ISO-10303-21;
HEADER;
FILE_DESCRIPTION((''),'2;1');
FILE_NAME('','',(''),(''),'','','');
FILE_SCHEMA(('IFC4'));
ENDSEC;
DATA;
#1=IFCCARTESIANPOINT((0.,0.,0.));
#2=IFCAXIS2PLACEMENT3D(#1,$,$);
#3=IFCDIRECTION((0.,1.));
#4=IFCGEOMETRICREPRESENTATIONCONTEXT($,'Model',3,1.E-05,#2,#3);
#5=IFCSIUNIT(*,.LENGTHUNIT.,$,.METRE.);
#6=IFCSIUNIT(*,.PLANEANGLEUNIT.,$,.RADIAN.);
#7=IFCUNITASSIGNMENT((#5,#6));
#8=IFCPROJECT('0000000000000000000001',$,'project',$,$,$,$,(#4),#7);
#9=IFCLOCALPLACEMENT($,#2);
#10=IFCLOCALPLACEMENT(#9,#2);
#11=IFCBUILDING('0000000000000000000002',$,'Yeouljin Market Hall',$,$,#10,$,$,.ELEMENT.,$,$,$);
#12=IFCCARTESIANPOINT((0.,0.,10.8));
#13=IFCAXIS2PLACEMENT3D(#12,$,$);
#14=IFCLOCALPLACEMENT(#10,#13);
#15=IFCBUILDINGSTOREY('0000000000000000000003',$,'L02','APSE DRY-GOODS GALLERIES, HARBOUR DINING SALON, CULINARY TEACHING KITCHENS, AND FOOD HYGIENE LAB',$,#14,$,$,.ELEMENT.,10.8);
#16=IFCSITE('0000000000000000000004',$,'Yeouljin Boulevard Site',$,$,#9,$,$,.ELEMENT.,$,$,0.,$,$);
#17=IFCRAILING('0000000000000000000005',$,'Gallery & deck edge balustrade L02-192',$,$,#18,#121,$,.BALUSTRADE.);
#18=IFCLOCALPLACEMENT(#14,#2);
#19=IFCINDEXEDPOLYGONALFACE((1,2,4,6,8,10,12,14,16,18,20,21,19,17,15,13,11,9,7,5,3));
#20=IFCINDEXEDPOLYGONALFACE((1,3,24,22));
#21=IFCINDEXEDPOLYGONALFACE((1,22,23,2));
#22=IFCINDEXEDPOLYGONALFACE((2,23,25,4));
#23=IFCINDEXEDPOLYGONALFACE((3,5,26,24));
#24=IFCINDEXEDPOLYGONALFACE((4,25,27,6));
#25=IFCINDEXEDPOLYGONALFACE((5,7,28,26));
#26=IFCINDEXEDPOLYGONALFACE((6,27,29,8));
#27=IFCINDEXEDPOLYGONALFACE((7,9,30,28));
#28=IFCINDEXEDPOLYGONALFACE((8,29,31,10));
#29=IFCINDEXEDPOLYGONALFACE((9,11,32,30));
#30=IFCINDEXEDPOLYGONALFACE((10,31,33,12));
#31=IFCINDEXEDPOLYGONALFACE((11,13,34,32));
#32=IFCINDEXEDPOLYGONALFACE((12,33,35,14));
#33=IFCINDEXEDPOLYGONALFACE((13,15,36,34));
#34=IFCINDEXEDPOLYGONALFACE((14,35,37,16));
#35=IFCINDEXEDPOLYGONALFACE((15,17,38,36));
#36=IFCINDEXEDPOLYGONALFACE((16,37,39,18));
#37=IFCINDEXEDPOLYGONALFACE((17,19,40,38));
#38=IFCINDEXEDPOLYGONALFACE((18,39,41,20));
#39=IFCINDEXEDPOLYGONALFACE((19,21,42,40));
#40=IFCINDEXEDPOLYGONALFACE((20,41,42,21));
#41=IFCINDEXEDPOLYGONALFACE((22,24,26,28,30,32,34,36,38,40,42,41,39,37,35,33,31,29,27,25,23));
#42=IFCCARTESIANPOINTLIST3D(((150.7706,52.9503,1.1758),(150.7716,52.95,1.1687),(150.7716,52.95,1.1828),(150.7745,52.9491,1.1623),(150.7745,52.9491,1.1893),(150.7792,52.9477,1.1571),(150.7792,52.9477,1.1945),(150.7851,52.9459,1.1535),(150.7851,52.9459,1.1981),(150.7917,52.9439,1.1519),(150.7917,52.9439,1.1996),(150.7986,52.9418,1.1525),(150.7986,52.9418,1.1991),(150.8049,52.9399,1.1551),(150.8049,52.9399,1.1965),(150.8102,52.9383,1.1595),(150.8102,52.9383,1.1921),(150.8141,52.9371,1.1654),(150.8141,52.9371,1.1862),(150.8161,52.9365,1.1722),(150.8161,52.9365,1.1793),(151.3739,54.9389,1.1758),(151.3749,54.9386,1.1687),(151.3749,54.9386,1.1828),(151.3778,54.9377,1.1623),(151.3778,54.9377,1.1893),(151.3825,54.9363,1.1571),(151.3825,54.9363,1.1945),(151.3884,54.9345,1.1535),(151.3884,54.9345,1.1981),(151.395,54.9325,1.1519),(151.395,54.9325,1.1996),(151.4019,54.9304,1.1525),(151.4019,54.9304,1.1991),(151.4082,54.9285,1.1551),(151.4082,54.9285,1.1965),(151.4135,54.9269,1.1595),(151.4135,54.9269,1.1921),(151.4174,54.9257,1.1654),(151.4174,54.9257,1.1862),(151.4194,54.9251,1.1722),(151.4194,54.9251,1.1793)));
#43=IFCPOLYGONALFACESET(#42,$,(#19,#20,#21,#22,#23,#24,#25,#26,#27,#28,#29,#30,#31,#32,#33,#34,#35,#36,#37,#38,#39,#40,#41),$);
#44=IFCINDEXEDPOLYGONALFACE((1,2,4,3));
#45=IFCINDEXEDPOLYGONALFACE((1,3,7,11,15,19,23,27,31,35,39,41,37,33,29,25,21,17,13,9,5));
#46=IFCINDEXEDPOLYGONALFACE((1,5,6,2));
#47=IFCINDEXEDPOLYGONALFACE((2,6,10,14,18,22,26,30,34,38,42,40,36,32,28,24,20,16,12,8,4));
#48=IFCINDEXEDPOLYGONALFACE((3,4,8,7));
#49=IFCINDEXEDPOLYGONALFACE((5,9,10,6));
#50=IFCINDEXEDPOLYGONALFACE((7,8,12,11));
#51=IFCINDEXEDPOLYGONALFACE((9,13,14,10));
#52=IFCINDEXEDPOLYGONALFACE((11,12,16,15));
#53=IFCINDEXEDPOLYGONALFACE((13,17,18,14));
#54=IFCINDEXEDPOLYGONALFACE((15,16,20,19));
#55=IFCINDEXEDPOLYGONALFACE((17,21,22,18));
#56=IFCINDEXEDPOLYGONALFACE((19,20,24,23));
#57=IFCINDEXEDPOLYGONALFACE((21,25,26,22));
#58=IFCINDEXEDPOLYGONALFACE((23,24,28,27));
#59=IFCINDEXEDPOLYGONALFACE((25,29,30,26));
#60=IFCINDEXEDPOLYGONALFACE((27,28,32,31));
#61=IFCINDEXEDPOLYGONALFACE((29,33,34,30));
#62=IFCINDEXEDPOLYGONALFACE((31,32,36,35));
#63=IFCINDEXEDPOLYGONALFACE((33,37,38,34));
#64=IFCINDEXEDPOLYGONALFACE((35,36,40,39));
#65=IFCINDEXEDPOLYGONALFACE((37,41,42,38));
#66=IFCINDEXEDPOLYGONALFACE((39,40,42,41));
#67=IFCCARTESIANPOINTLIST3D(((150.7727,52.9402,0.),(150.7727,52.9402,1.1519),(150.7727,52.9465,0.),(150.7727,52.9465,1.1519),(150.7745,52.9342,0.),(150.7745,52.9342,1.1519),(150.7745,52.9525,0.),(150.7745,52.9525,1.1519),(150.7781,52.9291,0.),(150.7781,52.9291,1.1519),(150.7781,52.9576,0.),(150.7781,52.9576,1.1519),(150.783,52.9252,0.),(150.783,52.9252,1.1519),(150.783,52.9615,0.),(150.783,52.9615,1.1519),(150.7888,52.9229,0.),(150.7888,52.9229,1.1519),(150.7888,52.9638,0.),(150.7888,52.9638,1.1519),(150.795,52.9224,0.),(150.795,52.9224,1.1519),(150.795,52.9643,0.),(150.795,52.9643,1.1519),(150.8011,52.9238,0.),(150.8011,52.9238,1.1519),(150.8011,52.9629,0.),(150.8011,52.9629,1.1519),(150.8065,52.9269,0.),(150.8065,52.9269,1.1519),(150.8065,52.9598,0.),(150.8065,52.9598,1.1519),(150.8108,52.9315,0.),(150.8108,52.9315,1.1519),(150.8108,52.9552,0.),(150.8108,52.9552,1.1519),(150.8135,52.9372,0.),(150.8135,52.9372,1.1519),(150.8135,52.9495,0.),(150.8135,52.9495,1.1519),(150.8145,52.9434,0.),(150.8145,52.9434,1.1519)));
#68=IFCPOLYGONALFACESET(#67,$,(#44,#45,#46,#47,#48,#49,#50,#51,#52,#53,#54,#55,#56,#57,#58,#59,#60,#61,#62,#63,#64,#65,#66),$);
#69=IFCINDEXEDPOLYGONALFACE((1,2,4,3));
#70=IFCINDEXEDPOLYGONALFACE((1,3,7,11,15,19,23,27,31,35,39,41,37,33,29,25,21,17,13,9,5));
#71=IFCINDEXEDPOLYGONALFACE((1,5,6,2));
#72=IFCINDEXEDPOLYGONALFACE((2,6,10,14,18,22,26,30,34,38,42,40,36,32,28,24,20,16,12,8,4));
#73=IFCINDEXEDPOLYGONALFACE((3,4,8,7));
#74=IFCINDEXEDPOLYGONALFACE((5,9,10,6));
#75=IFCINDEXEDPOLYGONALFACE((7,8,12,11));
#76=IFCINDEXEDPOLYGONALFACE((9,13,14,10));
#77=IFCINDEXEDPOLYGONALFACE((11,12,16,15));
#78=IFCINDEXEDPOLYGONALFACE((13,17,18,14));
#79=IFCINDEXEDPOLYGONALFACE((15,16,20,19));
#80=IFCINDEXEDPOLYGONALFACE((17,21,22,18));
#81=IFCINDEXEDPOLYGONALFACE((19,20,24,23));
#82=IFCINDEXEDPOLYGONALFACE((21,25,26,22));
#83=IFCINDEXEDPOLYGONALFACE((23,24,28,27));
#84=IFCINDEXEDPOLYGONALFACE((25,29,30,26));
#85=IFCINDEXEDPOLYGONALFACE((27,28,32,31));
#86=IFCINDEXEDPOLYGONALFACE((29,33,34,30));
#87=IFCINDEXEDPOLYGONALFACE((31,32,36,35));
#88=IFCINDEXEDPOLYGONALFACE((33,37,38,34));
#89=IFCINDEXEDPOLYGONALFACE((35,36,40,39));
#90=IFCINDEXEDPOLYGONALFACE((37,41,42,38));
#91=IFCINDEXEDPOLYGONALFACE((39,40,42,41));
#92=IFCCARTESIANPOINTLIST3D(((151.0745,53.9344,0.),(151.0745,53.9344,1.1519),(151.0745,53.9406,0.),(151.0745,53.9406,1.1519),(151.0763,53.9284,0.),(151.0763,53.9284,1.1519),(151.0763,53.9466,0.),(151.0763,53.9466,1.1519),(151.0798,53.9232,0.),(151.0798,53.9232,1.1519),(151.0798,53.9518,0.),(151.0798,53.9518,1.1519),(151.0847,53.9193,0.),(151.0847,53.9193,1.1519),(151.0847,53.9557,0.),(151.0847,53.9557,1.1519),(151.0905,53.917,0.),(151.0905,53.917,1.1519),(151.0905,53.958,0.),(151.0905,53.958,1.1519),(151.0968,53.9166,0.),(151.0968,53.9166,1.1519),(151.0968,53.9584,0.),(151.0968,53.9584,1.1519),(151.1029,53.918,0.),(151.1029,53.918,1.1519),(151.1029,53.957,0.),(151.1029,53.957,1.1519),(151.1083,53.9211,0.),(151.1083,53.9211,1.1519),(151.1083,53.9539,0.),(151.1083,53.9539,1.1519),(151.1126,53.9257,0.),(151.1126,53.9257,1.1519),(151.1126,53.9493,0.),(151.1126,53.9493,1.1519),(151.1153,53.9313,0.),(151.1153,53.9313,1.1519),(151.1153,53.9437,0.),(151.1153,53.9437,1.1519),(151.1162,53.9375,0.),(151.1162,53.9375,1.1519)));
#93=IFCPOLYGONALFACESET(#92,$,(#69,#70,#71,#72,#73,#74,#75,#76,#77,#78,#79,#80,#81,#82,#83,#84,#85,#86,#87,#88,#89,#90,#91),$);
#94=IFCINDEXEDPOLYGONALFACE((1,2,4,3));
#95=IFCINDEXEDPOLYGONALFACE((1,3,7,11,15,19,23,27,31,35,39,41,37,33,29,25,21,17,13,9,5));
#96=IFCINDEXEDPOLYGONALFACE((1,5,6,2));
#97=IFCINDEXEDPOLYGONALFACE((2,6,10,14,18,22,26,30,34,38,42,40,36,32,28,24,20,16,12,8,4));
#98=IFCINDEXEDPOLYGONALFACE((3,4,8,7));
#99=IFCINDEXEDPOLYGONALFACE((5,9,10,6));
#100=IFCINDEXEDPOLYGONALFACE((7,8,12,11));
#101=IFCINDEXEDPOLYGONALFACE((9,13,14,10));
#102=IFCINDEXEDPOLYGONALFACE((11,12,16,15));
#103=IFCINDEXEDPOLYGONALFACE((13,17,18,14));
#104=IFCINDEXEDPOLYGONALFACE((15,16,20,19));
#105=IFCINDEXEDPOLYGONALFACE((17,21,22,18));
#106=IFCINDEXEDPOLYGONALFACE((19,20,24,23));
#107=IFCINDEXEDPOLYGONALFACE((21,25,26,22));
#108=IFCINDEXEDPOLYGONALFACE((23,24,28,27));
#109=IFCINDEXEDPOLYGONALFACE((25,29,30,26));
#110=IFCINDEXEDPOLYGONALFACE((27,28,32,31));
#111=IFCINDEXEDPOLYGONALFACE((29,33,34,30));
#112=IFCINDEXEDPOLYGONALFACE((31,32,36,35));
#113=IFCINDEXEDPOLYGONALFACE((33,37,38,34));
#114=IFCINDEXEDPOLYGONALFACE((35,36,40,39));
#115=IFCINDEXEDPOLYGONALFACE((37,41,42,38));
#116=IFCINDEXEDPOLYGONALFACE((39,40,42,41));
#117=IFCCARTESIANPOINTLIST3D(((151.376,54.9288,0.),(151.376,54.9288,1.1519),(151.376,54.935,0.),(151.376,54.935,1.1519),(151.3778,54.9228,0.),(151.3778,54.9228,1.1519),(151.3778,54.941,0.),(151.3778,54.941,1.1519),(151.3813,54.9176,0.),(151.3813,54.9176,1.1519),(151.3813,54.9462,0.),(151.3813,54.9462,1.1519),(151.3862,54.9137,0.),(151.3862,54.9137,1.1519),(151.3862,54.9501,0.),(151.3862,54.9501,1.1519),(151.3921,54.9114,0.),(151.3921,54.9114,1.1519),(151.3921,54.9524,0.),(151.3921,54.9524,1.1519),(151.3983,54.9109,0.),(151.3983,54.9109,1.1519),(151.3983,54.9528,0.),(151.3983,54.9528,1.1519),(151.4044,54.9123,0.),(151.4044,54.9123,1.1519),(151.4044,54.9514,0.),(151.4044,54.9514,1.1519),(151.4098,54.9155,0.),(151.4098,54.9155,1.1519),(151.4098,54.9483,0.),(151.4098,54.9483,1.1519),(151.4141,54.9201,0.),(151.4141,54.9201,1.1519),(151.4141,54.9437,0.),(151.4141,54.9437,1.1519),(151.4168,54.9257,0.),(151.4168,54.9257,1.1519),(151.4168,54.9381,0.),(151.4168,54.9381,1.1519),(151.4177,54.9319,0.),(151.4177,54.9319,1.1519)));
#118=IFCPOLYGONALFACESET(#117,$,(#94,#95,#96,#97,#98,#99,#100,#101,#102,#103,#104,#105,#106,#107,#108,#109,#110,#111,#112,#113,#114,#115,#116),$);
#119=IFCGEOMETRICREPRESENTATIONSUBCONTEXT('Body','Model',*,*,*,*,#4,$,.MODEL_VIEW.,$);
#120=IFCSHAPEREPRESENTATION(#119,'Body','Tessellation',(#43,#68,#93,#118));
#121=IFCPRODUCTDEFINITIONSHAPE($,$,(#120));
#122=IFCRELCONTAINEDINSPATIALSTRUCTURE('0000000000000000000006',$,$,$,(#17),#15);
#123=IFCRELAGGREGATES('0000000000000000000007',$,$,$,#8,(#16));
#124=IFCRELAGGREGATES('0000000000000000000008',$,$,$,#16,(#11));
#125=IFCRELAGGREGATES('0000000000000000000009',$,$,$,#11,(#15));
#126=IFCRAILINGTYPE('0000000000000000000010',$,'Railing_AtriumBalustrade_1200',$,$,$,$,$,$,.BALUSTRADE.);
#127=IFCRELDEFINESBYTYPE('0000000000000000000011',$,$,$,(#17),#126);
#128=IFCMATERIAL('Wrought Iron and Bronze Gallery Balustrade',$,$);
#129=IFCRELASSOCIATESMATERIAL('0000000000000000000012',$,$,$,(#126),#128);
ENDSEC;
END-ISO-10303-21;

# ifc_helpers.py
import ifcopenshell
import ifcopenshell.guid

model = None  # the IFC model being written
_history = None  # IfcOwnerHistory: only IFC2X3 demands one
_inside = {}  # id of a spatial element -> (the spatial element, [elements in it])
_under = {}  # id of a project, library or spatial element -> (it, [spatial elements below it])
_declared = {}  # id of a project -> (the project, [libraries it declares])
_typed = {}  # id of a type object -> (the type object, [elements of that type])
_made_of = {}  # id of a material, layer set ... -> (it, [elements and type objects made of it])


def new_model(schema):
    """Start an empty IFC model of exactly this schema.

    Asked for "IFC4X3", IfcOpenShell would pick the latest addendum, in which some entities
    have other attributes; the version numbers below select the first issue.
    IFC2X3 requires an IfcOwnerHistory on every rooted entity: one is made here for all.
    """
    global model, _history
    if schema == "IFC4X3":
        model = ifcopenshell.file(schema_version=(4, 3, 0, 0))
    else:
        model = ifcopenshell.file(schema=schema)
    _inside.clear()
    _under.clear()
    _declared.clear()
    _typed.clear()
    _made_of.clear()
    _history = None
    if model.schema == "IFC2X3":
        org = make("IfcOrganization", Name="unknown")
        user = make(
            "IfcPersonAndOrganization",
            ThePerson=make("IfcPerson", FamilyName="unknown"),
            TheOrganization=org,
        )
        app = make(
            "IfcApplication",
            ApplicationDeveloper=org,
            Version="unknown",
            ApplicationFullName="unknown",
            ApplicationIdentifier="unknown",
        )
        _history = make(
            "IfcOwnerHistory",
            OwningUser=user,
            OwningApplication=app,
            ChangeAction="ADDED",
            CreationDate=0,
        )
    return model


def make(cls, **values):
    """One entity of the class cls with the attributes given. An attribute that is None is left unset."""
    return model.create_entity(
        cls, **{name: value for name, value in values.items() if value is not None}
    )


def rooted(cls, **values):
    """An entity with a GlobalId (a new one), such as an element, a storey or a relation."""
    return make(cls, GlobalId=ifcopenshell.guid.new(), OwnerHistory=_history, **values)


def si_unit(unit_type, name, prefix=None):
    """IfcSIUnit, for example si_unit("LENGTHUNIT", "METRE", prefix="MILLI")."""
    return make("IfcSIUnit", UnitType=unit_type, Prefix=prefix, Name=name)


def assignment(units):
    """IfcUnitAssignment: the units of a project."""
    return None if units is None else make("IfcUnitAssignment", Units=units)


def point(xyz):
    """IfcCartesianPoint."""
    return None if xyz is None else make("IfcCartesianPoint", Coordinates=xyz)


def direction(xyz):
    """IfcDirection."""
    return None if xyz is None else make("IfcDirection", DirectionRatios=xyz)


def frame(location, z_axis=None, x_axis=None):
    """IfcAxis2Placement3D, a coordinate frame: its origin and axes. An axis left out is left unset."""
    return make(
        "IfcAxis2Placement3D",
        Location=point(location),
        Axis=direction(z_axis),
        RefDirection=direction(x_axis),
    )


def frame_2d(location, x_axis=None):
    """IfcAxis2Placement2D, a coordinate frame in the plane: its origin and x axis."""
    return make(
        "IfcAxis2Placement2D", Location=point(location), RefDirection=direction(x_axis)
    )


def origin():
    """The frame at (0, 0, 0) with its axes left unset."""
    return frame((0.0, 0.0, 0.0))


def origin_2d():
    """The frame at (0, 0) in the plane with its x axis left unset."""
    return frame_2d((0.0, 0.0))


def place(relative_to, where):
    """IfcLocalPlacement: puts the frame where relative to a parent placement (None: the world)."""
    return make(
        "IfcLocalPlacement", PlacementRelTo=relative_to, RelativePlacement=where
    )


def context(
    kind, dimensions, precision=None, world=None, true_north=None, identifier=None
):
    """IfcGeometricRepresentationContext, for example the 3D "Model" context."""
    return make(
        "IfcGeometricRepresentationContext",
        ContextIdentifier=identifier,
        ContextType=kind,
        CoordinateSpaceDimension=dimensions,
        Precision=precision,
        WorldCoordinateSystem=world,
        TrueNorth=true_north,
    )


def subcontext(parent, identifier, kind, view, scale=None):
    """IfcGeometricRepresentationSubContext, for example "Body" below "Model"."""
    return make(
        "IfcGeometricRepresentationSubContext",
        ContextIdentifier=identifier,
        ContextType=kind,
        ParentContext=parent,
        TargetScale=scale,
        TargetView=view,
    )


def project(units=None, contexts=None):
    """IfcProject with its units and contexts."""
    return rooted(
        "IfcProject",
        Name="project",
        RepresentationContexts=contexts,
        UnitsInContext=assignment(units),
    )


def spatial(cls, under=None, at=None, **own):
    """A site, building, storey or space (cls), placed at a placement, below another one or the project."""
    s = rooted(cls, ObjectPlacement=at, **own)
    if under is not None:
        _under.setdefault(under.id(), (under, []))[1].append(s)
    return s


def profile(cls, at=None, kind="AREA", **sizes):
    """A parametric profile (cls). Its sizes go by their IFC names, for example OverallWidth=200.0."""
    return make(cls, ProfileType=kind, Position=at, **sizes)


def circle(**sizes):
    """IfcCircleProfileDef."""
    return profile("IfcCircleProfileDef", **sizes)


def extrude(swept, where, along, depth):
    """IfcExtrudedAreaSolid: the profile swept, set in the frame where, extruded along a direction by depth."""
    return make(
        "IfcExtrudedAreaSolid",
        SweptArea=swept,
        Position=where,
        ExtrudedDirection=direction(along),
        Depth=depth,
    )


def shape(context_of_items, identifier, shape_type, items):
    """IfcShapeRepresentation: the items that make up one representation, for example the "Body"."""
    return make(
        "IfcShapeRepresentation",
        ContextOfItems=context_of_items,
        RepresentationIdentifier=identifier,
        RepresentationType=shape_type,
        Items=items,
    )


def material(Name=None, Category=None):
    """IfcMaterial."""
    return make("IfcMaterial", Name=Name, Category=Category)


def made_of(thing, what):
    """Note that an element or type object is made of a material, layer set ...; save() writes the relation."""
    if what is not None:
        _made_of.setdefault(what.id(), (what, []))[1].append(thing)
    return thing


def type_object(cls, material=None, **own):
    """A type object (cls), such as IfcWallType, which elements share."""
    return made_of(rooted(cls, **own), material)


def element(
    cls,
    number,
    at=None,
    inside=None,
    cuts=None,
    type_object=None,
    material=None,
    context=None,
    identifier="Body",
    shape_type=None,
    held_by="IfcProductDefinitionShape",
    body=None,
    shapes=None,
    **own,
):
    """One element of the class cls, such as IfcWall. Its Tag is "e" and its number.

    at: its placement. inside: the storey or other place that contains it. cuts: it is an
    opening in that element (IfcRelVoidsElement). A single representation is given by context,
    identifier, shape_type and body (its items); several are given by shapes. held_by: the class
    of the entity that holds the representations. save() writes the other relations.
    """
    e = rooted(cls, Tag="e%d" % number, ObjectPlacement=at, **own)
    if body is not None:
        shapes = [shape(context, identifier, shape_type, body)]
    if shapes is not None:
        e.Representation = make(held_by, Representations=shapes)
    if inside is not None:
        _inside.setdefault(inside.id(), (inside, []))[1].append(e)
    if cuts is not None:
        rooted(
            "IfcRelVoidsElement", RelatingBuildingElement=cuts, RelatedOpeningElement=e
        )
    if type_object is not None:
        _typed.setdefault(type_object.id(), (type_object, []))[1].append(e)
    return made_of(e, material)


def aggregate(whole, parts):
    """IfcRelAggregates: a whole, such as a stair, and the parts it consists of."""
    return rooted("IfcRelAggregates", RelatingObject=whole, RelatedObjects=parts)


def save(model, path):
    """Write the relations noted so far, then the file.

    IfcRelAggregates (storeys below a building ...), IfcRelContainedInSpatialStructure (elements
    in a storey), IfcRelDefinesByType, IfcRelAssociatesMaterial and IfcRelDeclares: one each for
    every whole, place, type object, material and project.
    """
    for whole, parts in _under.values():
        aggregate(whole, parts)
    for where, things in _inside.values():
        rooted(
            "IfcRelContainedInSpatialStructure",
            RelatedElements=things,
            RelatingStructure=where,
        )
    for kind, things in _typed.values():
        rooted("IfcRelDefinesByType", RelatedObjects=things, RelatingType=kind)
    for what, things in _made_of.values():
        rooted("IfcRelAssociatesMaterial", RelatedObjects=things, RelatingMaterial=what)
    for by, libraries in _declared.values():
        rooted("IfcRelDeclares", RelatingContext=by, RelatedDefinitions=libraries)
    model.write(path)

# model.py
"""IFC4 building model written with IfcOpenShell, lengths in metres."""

from ifc_helpers import new_model, si_unit, direction, frame, origin, origin_2d, place, context, subcontext, project, spatial, circle, extrude, material, type_object, element, save


model = new_model("IFC4")

# Units and contexts
model_context = context("Model", 3, precision=1e-05, world=origin(), true_north=direction((0.0, 1.0)))
body_context = subcontext(model_context, "Body", "Model", "MODEL_VIEW")
ifc_project = project(units=[si_unit("LENGTHUNIT", "METRE"), si_unit("PLANEANGLEUNIT", "RADIAN")], contexts=[model_context])

# Site, building, storey
site_placement = place(None, origin())
site = spatial("IfcSite", under=ifc_project, at=site_placement, Name="Yeouljin Boulevard Site", CompositionType="ELEMENT", RefElevation=0.0)
building_placement = place(site_placement, origin())
building = spatial("IfcBuilding", under=site, at=building_placement, Name="Yeouljin Market Hall", CompositionType="ELEMENT")
storey_placement = place(building_placement, frame((0.0, 0.0, 10.8)))
storey = spatial("IfcBuildingStorey", under=building, at=storey_placement, Name="L02", Description="APSE DRY-GOODS GALLERIES, HARBOUR DINING SALON, CULINARY TEACHING KITCHENS, AND FOOD HYGIENE LAB", CompositionType="ELEMENT", Elevation=10.8)

# Railing
ifc_material_1 = material(Name="Wrought Iron and Bronze Gallery Balustrade")
railing_type = type_object("IfcRailingType", Name="Railing_AtriumBalustrade_1200", PredefinedType="BALUSTRADE", material=ifc_material_1)
railing_1_placement = place(storey_placement, frame((150.7935, 52.9434, 0.0)))
element("IfcRailing", 1, at=railing_1_placement, inside=storey, type_object=railing_type, Name="Gallery & deck edge balustrade L02-192", PredefinedType="BALUSTRADE", context=body_context, shape_type="SweptSolid", body=[
    extrude(circle(Radius=0.0239, at=origin_2d()), frame((0.0, 0.0, 1.1758), z_axis=(0.290311, 0.956932, 0.0), x_axis=(-0.956932, 0.290311, 0.0)), (0.0, 0.0, 1.0), 2.0781),
    extrude(circle(Radius=0.021, at=origin_2d()), origin(), (0.0, 0.0, 1.0), 1.1519),
    extrude(circle(Radius=0.021, at=origin_2d()), frame((0.3018, 0.9941, 0.0)), (0.0, 0.0, 1.0), 1.1519),
    extrude(circle(Radius=0.021, at=origin_2d()), frame((0.6033, 1.9885, 0.0)), (0.0, 0.0, 1.0), 1.1519),
])

save(model, "model.ifc")
